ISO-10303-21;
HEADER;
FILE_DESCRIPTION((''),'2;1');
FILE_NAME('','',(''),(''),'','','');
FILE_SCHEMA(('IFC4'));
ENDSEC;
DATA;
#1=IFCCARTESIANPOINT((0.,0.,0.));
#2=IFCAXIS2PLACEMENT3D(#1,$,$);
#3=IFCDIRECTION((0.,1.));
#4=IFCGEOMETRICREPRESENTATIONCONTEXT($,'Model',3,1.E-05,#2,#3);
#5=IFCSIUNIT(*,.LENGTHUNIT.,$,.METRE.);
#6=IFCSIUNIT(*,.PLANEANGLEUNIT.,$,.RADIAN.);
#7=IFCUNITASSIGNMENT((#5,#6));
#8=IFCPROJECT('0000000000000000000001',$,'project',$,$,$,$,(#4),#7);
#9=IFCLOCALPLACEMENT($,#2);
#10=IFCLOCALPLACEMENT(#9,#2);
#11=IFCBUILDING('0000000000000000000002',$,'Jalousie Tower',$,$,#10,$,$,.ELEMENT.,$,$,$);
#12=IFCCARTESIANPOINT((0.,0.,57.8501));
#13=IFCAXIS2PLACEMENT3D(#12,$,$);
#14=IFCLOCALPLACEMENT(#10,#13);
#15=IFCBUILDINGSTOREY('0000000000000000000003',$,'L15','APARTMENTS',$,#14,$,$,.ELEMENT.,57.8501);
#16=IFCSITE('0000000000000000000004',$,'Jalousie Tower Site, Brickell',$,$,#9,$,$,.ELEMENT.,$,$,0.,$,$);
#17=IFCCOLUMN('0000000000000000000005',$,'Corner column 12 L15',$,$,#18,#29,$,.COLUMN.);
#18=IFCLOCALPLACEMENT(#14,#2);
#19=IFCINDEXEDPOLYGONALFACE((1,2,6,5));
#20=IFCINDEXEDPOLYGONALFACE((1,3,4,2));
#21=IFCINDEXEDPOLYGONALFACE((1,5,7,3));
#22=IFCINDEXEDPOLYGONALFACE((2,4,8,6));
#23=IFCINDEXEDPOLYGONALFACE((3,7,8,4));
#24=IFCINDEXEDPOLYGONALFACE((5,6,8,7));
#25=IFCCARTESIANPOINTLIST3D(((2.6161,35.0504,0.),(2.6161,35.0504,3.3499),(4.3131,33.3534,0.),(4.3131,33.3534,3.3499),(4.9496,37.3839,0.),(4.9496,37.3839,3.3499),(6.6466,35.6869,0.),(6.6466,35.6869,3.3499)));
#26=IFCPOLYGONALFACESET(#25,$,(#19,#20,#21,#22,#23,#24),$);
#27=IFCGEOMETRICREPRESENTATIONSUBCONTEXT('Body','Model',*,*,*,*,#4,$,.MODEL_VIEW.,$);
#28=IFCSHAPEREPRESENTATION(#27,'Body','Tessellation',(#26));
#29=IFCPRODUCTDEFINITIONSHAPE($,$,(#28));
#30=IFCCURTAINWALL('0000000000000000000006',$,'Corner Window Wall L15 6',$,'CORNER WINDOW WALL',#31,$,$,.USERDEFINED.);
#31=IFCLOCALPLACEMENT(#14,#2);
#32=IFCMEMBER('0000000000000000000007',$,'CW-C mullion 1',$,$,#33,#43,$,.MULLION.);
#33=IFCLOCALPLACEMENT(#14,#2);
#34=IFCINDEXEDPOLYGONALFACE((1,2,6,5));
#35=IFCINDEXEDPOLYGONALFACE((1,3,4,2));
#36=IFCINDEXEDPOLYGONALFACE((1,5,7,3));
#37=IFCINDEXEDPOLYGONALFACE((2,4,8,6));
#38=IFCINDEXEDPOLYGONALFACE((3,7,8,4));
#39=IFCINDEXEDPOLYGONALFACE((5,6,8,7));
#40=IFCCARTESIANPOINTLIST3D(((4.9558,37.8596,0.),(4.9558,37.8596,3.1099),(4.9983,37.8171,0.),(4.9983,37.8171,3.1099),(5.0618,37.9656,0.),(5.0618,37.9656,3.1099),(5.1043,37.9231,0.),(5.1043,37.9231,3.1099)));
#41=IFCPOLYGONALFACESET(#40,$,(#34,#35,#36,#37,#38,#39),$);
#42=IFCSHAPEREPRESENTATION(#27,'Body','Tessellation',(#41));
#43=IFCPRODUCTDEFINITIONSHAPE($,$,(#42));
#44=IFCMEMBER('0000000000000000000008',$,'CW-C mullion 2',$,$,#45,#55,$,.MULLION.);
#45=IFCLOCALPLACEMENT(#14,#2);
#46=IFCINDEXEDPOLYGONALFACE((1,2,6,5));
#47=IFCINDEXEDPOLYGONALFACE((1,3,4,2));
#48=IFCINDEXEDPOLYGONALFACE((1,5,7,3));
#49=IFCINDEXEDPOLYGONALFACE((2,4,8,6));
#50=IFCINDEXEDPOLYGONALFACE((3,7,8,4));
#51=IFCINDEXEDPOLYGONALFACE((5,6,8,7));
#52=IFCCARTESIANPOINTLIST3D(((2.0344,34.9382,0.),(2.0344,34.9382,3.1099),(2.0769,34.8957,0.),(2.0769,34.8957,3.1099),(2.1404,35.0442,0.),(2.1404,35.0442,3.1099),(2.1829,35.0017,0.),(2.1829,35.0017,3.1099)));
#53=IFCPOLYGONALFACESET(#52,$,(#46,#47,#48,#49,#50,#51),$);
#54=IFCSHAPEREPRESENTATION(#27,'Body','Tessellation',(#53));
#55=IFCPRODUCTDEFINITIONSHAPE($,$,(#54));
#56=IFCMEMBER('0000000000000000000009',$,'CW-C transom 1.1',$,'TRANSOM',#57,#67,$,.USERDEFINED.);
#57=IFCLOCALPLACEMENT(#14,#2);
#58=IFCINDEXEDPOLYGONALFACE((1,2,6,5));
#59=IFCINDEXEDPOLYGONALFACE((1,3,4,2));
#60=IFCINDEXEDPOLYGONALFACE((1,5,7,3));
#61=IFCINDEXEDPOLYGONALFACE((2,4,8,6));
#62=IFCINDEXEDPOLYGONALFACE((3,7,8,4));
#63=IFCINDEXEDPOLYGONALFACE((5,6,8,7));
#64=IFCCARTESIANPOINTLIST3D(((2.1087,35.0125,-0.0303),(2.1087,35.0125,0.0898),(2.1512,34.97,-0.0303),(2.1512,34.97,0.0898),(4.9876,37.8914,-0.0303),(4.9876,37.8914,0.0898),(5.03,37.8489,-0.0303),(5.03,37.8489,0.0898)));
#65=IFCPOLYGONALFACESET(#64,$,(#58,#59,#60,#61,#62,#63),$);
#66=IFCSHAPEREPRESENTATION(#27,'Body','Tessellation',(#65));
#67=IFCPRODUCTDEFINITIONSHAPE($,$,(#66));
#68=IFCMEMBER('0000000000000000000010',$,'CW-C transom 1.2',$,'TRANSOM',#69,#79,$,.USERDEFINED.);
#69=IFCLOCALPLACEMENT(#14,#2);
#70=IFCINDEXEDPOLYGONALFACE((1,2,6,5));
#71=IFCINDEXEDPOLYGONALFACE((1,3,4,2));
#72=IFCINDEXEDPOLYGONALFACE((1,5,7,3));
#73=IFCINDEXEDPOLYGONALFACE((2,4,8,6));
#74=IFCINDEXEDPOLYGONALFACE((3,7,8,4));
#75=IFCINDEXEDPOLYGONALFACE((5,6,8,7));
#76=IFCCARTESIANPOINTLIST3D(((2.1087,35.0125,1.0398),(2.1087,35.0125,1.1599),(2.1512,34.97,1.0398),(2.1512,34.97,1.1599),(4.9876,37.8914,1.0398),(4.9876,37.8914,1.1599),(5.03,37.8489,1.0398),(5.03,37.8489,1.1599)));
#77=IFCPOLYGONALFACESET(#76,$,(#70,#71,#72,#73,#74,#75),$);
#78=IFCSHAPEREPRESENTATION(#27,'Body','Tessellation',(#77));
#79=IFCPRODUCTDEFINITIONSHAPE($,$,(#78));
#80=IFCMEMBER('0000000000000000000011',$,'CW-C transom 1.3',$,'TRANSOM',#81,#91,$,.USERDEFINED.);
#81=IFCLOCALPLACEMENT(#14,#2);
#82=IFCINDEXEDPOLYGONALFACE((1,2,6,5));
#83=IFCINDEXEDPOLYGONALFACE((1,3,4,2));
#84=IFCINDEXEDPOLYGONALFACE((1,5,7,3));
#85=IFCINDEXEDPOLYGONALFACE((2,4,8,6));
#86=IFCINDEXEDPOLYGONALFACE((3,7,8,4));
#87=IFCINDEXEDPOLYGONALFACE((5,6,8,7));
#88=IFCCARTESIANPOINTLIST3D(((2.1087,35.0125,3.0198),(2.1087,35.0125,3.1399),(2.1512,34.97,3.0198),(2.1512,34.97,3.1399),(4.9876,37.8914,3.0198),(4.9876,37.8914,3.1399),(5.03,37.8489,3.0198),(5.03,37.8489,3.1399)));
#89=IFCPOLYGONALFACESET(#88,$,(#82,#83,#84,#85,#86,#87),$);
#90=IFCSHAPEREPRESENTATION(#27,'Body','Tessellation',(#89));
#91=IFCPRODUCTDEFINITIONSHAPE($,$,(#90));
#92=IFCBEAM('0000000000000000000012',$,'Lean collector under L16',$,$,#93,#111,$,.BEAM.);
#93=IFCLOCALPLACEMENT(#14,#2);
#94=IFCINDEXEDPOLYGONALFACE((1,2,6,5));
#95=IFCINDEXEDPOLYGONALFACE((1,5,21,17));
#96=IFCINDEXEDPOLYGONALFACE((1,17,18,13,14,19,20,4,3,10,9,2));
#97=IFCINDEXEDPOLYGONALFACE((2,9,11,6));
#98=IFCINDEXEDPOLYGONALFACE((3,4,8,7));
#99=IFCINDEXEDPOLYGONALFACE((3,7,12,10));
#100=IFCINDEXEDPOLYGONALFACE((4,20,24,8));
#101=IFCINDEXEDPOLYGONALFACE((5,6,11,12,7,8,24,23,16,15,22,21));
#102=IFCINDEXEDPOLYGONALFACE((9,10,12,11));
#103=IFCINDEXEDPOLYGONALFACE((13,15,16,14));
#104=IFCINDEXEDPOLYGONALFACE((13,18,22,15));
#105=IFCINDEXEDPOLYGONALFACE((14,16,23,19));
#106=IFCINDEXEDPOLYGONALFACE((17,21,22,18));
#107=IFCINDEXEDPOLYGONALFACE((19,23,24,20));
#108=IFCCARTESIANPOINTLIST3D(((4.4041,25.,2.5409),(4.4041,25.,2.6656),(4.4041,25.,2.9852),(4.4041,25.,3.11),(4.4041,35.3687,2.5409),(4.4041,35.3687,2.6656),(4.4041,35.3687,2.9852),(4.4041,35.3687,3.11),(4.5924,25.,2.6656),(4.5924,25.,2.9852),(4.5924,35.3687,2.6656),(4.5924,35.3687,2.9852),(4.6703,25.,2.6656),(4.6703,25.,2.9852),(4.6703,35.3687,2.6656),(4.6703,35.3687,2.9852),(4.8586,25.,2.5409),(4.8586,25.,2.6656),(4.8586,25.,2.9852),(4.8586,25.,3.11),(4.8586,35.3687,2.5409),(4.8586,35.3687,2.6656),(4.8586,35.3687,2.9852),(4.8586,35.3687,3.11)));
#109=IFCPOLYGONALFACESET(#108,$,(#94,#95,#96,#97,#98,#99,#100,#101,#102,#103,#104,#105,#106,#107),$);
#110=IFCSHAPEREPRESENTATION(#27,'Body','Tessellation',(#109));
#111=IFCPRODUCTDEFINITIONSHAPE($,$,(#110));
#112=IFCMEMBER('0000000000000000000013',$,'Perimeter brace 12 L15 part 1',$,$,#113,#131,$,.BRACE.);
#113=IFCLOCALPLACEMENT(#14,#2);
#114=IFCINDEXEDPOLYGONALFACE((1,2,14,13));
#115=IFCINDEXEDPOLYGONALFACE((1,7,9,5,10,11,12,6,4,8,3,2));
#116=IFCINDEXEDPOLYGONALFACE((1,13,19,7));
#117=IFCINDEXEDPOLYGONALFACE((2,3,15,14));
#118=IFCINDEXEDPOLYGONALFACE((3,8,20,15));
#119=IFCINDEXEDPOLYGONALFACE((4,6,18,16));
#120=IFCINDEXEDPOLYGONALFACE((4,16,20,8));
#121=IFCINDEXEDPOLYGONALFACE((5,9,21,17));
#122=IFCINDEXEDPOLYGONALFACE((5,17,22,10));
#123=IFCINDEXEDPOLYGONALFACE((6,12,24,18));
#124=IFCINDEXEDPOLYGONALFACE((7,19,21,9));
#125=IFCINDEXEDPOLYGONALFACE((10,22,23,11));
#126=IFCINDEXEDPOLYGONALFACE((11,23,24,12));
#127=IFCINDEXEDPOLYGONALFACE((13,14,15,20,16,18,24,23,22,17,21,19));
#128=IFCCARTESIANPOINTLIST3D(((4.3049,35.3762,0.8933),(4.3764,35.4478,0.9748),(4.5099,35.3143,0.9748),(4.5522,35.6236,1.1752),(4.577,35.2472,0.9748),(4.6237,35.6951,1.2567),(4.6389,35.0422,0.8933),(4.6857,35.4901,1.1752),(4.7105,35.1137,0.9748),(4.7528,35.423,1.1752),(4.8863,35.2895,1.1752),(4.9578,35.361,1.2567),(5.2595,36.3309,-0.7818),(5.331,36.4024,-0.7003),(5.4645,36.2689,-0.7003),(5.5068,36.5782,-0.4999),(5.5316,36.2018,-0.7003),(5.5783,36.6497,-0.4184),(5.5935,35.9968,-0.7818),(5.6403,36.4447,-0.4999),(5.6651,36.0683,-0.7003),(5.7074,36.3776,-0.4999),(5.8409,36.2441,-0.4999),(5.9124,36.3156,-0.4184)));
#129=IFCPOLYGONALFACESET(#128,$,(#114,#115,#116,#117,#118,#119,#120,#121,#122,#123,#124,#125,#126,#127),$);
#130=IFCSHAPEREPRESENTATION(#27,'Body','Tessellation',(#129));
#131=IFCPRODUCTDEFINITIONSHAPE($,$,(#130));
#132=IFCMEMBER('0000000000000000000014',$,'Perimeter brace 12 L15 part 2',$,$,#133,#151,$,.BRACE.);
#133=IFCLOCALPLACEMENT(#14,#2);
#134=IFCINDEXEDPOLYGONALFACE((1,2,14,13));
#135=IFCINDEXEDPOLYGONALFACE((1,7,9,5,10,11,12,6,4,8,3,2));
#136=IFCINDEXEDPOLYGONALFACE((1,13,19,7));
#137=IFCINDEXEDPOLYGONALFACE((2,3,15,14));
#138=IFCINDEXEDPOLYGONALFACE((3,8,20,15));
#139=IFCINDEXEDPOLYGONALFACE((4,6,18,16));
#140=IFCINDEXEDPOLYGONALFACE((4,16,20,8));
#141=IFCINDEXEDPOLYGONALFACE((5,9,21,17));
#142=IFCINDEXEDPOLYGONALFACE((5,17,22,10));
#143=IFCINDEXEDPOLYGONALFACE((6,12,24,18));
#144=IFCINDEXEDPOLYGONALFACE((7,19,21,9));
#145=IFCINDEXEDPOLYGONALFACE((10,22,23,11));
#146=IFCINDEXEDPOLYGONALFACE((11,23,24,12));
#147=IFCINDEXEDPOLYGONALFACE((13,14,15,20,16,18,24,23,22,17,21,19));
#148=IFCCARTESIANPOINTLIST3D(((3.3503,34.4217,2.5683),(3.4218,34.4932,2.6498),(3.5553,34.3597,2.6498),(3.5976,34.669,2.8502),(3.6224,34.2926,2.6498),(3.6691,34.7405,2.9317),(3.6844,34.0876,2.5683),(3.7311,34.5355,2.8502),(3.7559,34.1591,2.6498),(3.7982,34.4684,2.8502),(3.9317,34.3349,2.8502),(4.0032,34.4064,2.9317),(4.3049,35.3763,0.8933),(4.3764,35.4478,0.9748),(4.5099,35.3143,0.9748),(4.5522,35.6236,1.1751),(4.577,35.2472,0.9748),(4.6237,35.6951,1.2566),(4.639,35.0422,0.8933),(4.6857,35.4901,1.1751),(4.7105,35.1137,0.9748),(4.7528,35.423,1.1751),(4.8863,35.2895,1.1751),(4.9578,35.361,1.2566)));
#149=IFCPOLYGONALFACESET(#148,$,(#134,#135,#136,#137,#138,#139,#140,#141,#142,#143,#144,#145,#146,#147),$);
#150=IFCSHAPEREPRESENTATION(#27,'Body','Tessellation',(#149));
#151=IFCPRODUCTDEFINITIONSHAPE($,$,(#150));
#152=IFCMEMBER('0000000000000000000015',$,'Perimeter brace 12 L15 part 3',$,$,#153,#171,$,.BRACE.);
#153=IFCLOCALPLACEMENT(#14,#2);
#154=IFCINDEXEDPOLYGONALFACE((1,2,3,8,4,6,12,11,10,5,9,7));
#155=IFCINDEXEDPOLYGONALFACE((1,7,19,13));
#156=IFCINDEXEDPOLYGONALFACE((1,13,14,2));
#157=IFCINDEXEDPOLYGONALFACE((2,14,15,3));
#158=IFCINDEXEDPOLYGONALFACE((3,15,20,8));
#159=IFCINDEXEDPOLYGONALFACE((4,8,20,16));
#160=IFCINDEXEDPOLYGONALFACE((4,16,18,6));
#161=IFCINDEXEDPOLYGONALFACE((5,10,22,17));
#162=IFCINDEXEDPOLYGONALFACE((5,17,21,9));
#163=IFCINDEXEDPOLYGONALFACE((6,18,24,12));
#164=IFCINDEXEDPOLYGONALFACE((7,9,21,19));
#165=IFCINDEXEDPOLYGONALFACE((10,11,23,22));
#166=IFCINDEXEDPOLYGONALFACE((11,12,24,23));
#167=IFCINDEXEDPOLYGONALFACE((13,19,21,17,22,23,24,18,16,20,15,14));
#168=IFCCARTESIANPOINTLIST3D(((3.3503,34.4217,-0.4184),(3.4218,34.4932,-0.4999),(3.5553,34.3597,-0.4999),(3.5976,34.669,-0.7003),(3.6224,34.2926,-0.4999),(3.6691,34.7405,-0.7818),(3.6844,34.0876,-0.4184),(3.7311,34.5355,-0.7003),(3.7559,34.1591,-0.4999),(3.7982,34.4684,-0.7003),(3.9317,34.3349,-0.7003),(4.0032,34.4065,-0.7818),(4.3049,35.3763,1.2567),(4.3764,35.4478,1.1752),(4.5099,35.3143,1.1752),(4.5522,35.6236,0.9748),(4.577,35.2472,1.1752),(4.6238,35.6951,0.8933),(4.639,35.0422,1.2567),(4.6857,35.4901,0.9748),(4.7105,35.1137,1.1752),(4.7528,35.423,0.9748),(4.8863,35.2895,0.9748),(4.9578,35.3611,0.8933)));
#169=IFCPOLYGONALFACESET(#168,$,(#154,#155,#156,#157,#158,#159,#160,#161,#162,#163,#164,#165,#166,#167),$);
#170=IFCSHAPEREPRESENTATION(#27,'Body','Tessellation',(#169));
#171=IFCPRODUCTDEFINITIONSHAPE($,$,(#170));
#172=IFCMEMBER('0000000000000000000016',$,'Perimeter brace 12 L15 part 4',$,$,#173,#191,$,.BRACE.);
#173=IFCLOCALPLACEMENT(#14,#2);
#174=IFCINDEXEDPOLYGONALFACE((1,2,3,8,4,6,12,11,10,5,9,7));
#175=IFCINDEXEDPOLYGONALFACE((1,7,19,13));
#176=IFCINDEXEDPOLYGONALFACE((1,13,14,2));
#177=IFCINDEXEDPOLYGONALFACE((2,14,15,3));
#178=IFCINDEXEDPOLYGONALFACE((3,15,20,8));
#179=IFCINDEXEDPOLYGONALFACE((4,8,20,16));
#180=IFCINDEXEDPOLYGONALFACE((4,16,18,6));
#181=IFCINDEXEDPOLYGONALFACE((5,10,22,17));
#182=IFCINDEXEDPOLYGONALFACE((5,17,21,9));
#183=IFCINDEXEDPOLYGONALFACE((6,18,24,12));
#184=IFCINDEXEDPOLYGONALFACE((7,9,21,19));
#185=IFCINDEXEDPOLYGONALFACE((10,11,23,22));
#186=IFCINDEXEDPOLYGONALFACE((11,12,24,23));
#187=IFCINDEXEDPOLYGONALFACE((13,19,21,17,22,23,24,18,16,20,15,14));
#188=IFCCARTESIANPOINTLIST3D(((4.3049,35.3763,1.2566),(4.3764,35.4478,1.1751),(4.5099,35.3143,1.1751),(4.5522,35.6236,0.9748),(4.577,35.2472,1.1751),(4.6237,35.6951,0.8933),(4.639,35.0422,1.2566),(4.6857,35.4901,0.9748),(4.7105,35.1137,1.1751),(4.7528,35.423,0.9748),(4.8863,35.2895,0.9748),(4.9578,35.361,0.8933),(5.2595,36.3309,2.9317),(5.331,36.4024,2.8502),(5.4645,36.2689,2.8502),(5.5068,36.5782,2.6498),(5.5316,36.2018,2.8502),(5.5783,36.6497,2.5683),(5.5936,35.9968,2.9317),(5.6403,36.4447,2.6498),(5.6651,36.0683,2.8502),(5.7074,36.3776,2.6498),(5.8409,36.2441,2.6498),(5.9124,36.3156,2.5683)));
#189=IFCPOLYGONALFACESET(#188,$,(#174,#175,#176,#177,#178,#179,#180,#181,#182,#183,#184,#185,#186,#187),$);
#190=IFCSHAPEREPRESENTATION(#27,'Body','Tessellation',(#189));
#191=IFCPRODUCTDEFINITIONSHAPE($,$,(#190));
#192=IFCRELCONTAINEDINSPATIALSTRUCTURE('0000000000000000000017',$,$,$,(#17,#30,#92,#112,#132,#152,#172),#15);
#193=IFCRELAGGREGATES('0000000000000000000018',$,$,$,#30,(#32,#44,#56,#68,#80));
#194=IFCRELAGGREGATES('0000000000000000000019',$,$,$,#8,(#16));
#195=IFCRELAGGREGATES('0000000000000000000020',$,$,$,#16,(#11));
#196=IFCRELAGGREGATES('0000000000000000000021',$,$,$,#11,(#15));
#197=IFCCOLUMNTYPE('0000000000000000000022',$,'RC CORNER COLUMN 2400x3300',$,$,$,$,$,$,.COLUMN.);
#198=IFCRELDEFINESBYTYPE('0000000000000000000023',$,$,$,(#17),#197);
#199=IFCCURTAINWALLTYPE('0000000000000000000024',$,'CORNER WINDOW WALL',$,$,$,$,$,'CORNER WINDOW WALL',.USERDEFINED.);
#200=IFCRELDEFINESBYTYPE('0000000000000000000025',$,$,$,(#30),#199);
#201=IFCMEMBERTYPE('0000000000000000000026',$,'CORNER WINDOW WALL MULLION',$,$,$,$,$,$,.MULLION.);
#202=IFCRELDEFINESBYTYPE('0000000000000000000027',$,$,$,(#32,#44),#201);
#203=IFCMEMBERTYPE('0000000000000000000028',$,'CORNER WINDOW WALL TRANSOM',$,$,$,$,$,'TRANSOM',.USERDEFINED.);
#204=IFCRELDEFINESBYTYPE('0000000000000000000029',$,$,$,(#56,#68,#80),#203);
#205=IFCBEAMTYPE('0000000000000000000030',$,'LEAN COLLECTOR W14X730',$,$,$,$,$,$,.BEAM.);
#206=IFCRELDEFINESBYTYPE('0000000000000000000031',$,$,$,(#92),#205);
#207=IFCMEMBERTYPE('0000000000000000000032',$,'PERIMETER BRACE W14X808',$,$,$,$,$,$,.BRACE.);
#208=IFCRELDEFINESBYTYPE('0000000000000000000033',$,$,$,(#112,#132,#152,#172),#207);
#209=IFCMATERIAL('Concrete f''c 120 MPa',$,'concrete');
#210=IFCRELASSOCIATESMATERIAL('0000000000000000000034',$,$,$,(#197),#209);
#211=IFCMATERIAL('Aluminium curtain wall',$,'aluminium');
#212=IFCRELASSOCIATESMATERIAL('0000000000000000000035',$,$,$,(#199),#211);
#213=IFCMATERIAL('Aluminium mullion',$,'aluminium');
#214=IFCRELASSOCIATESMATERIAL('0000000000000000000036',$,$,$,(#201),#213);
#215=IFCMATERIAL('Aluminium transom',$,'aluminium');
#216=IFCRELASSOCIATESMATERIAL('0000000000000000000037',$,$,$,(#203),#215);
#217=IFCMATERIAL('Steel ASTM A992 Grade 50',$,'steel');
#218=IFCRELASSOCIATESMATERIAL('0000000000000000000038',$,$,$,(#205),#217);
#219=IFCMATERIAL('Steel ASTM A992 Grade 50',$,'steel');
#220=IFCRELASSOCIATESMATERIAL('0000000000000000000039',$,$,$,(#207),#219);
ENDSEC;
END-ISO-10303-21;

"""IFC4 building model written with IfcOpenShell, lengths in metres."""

from ifc_helpers import new_model, si_unit, direction, frame, origin, origin_2d, place, context, subcontext, project, spatial, rectangle, i_section, extrude, material, material_profile, profile_set, type_object, element, aggregate, save


model = new_model("IFC4")

# Units and contexts
model_context = context("Model", 3, precision=1e-05, world=origin(), true_north=direction((0.0, 1.0)))
body_context = subcontext(model_context, "Body", "Model", "MODEL_VIEW")
ifc_project = project(units=[si_unit("LENGTHUNIT", "METRE"), si_unit("PLANEANGLEUNIT", "RADIAN")], contexts=[model_context])

# Site, building, storey
site_placement = place(None, origin())
site = spatial("IfcSite", under=ifc_project, at=site_placement, Name="Jalousie Tower Site, Brickell", CompositionType="ELEMENT", RefElevation=0.0)
building_placement = place(site_placement, origin())
building = spatial("IfcBuilding", under=site, at=building_placement, Name="Jalousie Tower", CompositionType="ELEMENT")
storey_placement = place(building_placement, frame((0.0, 0.0, 57.8501)))
storey = spatial("IfcBuildingStorey", under=building, at=storey_placement, Name="L15", Description="APARTMENTS", CompositionType="ELEMENT", Elevation=57.8501)

# Column
ifc_material_1 = material(Name="Concrete f'c 120 MPa", Category="concrete")
ifc_material_profile_1 = material_profile(ifc_material_1, rectangle(XDim=2.3999, YDim=3.3, at=origin_2d()), Name="RC 2400x3300")
ifc_profile_set_1 = profile_set([ifc_material_profile_1], Name="Concrete f'c 120 MPa")
column_type = type_object("IfcColumnType", Name="RC CORNER COLUMN 2400x3300", PredefinedType="COLUMN", material=ifc_profile_set_1)
column_placement = place(storey_placement, frame((4.6313, 35.3687, 0.0), z_axis=(0.0, 0.0, 1.0), x_axis=(0.707107, -0.707107, 0.0)))
element("IfcColumn", 1, at=column_placement, inside=storey, type_object=column_type, Name="Corner column 12 L15", PredefinedType="COLUMN", context=body_context, shape_type="SweptSolid", body=[
    extrude(rectangle(XDim=2.3999, YDim=3.3, at=origin_2d()), origin(), (0.0, 0.0, 1.0), 3.3499),
])

# Curtain wall, members
ifc_material_2 = material(Name="Aluminium curtain wall", Category="aluminium")
curtain_wall_type_1 = type_object("IfcCurtainWallType", Name="CORNER WINDOW WALL", ElementType="CORNER WINDOW WALL", PredefinedType="USERDEFINED", material=ifc_material_2)
curtain_wall_1_placement = place(storey_placement, origin())
curtain_wall_1 = element("IfcCurtainWall", 2, at=curtain_wall_1_placement, inside=storey, type_object=curtain_wall_type_1, Name="Corner Window Wall L15 6", ObjectType="CORNER WINDOW WALL", PredefinedType="USERDEFINED")
ifc_material_3 = material(Name="Aluminium mullion", Category="aluminium")
ifc_material_profile_2 = material_profile(ifc_material_3, rectangle(XDim=0.0601, YDim=0.1499, at=origin_2d()), Name="MULLION 60x150")
ifc_profile_set_2 = profile_set([ifc_material_profile_2], Name="Aluminium mullion")
member_type_1 = type_object("IfcMemberType", Name="CORNER WINDOW WALL MULLION", PredefinedType="MULLION", material=ifc_profile_set_2)
member_1_placement = place(storey_placement, frame((5.03, 37.8914, 0.0), z_axis=(0.0, 0.0, 1.0), x_axis=(0.707107, -0.707107, 0.0)))
member_1 = element("IfcMember", 3, at=member_1_placement, type_object=member_type_1, Name="CW-C mullion 1", PredefinedType="MULLION", context=body_context, shape_type="SweptSolid", body=[
    extrude(rectangle(XDim=0.0601, YDim=0.1499, at=origin_2d()), origin(), (0.0, 0.0, 1.0), 3.1099),
])
member_2_placement = place(storey_placement, frame((2.1086, 34.97, 0.0), z_axis=(0.0, 0.0, 1.0), x_axis=(0.707107, -0.707107, 0.0)))
member_2 = element("IfcMember", 4, at=member_2_placement, type_object=member_type_1, Name="CW-C mullion 2", PredefinedType="MULLION", context=body_context, shape_type="SweptSolid", body=[
    extrude(rectangle(XDim=0.0601, YDim=0.1499, at=origin_2d()), origin(), (0.0, 0.0, 1.0), 3.1099),
])
ifc_material_4 = material(Name="Aluminium transom", Category="aluminium")
ifc_material_profile_3 = material_profile(ifc_material_4, rectangle(XDim=0.0601, YDim=0.1201, at=origin_2d()), Name="TRANSOM 60x120")
ifc_profile_set_3 = profile_set([ifc_material_profile_3], Name="Aluminium transom")
member_type_2 = type_object("IfcMemberType", Name="CORNER WINDOW WALL TRANSOM", ElementType="TRANSOM", PredefinedType="USERDEFINED", material=ifc_profile_set_3)
member_3_placement = place(storey_placement, frame((5.0088, 37.8701, 0.0298), z_axis=(-0.707107, -0.707107, 0.0), x_axis=(0.707107, -0.707107, 0.0)))
member_3 = element("IfcMember", 5, at=member_3_placement, type_object=member_type_2, Name="CW-C transom 1.1", ObjectType="TRANSOM", PredefinedType="USERDEFINED", context=body_context, shape_type="SweptSolid", body=[
    extrude(rectangle(XDim=0.0601, YDim=0.1201, at=origin_2d()), origin(), (0.0, 0.0, 1.0), 4.0713),
])
member_4_placement = place(storey_placement, frame((5.0088, 37.8701, 1.0999), z_axis=(-0.707107, -0.707107, 0.0), x_axis=(0.707107, -0.707107, 0.0)))
member_4 = element("IfcMember", 6, at=member_4_placement, type_object=member_type_2, Name="CW-C transom 1.2", ObjectType="TRANSOM", PredefinedType="USERDEFINED", context=body_context, shape_type="SweptSolid", body=[
    extrude(rectangle(XDim=0.0601, YDim=0.1201, at=origin_2d()), origin(), (0.0, 0.0, 1.0), 4.0713),
])
member_5_placement = place(storey_placement, frame((5.0088, 37.8701, 3.0798), z_axis=(-0.707107, -0.707107, 0.0), x_axis=(0.707107, -0.707107, 0.0)))
member_5 = element("IfcMember", 7, at=member_5_placement, type_object=member_type_2, Name="CW-C transom 1.3", ObjectType="TRANSOM", PredefinedType="USERDEFINED", context=body_context, shape_type="SweptSolid", body=[
    extrude(rectangle(XDim=0.0601, YDim=0.1201, at=origin_2d()), origin(), (0.0, 0.0, 1.0), 4.0713),
])

# Beam
ifc_material_5 = material(Name="Steel ASTM A992 Grade 50", Category="steel")
ifc_material_profile_4 = material_profile(ifc_material_5, i_section(OverallWidth=0.4546, OverallDepth=0.5691, WebThickness=0.0779, FlangeThickness=0.1248, at=origin_2d()), Name="W14X730")
ifc_profile_set_4 = profile_set([ifc_material_profile_4], Name="Steel ASTM A992 Grade 50")
beam_type_1 = type_object("IfcBeamType", Name="LEAN COLLECTOR W14X730", PredefinedType="BEAM", material=ifc_profile_set_4)
beam_1_placement = place(storey_placement, frame((4.6313, 35.3687, 2.8254), z_axis=(0.0, -1.0, 0.0), x_axis=(1.0, 0.0, 0.0)))
element("IfcBeam", 8, at=beam_1_placement, inside=storey, type_object=beam_type_1, Name="Lean collector under L16", PredefinedType="BEAM", context=body_context, shape_type="SweptSolid", body=[
    extrude(i_section(OverallWidth=0.4546, OverallDepth=0.5691, WebThickness=0.0779, FlangeThickness=0.1248, at=origin_2d()), origin(), (0.0, 0.0, 1.0), 10.3687),
])

# Members
ifc_material_6 = material(Name="Steel ASTM A992 Grade 50", Category="steel")
ifc_material_profile_5 = material_profile(ifc_material_6, i_section(OverallWidth=0.4724, OverallDepth=0.5791, WebThickness=0.095, FlangeThickness=0.1299, at=origin_2d()), Name="W14X808")
ifc_profile_set_5 = profile_set([ifc_material_profile_5], Name="Steel ASTM A992 Grade 50")
member_type_3 = type_object("IfcMemberType", Name="PERIMETER BRACE W14X808", PredefinedType="BRACE", material=ifc_profile_set_5)
for number, where, z_axis, x_axis, name in (
    (9, (5.5859, 36.3232, -0.6001), (-0.443718, -0.443718, 0.778607), (0.707107, -0.707107, 0.0), "Perimeter brace 12 L15 part 1"),
    (10, (4.6313, 35.3687, 1.075), (-0.443718, -0.443718, 0.778607), (0.707107, -0.707107, 0.0), "Perimeter brace 12 L15 part 2"),
    (11, (3.6768, 34.4141, -0.6001), (0.443718, 0.443718, 0.778607), (-0.707107, 0.707107, 0.0), "Perimeter brace 12 L15 part 3"),
    (12, (4.6313, 35.3687, 1.075), (0.443718, 0.443718, 0.778607), (-0.707107, 0.707107, 0.0), "Perimeter brace 12 L15 part 4"),
):
    element("IfcMember", number, at=place(storey_placement, frame(where, z_axis=z_axis, x_axis=x_axis)), inside=storey, type_object=member_type_3, Name=name, PredefinedType="BRACE", context=body_context, shape_type="SweptSolid", body=[
        extrude(i_section(OverallWidth=0.4724, OverallDepth=0.5791, WebThickness=0.095, FlangeThickness=0.1299, at=origin_2d()), origin(), (0.0, 0.0, 1.0), 2.1514),
    ])

aggregate(curtain_wall_1, [member_1, member_2, member_3, member_4, member_5])

save(model, "model.ifc")
